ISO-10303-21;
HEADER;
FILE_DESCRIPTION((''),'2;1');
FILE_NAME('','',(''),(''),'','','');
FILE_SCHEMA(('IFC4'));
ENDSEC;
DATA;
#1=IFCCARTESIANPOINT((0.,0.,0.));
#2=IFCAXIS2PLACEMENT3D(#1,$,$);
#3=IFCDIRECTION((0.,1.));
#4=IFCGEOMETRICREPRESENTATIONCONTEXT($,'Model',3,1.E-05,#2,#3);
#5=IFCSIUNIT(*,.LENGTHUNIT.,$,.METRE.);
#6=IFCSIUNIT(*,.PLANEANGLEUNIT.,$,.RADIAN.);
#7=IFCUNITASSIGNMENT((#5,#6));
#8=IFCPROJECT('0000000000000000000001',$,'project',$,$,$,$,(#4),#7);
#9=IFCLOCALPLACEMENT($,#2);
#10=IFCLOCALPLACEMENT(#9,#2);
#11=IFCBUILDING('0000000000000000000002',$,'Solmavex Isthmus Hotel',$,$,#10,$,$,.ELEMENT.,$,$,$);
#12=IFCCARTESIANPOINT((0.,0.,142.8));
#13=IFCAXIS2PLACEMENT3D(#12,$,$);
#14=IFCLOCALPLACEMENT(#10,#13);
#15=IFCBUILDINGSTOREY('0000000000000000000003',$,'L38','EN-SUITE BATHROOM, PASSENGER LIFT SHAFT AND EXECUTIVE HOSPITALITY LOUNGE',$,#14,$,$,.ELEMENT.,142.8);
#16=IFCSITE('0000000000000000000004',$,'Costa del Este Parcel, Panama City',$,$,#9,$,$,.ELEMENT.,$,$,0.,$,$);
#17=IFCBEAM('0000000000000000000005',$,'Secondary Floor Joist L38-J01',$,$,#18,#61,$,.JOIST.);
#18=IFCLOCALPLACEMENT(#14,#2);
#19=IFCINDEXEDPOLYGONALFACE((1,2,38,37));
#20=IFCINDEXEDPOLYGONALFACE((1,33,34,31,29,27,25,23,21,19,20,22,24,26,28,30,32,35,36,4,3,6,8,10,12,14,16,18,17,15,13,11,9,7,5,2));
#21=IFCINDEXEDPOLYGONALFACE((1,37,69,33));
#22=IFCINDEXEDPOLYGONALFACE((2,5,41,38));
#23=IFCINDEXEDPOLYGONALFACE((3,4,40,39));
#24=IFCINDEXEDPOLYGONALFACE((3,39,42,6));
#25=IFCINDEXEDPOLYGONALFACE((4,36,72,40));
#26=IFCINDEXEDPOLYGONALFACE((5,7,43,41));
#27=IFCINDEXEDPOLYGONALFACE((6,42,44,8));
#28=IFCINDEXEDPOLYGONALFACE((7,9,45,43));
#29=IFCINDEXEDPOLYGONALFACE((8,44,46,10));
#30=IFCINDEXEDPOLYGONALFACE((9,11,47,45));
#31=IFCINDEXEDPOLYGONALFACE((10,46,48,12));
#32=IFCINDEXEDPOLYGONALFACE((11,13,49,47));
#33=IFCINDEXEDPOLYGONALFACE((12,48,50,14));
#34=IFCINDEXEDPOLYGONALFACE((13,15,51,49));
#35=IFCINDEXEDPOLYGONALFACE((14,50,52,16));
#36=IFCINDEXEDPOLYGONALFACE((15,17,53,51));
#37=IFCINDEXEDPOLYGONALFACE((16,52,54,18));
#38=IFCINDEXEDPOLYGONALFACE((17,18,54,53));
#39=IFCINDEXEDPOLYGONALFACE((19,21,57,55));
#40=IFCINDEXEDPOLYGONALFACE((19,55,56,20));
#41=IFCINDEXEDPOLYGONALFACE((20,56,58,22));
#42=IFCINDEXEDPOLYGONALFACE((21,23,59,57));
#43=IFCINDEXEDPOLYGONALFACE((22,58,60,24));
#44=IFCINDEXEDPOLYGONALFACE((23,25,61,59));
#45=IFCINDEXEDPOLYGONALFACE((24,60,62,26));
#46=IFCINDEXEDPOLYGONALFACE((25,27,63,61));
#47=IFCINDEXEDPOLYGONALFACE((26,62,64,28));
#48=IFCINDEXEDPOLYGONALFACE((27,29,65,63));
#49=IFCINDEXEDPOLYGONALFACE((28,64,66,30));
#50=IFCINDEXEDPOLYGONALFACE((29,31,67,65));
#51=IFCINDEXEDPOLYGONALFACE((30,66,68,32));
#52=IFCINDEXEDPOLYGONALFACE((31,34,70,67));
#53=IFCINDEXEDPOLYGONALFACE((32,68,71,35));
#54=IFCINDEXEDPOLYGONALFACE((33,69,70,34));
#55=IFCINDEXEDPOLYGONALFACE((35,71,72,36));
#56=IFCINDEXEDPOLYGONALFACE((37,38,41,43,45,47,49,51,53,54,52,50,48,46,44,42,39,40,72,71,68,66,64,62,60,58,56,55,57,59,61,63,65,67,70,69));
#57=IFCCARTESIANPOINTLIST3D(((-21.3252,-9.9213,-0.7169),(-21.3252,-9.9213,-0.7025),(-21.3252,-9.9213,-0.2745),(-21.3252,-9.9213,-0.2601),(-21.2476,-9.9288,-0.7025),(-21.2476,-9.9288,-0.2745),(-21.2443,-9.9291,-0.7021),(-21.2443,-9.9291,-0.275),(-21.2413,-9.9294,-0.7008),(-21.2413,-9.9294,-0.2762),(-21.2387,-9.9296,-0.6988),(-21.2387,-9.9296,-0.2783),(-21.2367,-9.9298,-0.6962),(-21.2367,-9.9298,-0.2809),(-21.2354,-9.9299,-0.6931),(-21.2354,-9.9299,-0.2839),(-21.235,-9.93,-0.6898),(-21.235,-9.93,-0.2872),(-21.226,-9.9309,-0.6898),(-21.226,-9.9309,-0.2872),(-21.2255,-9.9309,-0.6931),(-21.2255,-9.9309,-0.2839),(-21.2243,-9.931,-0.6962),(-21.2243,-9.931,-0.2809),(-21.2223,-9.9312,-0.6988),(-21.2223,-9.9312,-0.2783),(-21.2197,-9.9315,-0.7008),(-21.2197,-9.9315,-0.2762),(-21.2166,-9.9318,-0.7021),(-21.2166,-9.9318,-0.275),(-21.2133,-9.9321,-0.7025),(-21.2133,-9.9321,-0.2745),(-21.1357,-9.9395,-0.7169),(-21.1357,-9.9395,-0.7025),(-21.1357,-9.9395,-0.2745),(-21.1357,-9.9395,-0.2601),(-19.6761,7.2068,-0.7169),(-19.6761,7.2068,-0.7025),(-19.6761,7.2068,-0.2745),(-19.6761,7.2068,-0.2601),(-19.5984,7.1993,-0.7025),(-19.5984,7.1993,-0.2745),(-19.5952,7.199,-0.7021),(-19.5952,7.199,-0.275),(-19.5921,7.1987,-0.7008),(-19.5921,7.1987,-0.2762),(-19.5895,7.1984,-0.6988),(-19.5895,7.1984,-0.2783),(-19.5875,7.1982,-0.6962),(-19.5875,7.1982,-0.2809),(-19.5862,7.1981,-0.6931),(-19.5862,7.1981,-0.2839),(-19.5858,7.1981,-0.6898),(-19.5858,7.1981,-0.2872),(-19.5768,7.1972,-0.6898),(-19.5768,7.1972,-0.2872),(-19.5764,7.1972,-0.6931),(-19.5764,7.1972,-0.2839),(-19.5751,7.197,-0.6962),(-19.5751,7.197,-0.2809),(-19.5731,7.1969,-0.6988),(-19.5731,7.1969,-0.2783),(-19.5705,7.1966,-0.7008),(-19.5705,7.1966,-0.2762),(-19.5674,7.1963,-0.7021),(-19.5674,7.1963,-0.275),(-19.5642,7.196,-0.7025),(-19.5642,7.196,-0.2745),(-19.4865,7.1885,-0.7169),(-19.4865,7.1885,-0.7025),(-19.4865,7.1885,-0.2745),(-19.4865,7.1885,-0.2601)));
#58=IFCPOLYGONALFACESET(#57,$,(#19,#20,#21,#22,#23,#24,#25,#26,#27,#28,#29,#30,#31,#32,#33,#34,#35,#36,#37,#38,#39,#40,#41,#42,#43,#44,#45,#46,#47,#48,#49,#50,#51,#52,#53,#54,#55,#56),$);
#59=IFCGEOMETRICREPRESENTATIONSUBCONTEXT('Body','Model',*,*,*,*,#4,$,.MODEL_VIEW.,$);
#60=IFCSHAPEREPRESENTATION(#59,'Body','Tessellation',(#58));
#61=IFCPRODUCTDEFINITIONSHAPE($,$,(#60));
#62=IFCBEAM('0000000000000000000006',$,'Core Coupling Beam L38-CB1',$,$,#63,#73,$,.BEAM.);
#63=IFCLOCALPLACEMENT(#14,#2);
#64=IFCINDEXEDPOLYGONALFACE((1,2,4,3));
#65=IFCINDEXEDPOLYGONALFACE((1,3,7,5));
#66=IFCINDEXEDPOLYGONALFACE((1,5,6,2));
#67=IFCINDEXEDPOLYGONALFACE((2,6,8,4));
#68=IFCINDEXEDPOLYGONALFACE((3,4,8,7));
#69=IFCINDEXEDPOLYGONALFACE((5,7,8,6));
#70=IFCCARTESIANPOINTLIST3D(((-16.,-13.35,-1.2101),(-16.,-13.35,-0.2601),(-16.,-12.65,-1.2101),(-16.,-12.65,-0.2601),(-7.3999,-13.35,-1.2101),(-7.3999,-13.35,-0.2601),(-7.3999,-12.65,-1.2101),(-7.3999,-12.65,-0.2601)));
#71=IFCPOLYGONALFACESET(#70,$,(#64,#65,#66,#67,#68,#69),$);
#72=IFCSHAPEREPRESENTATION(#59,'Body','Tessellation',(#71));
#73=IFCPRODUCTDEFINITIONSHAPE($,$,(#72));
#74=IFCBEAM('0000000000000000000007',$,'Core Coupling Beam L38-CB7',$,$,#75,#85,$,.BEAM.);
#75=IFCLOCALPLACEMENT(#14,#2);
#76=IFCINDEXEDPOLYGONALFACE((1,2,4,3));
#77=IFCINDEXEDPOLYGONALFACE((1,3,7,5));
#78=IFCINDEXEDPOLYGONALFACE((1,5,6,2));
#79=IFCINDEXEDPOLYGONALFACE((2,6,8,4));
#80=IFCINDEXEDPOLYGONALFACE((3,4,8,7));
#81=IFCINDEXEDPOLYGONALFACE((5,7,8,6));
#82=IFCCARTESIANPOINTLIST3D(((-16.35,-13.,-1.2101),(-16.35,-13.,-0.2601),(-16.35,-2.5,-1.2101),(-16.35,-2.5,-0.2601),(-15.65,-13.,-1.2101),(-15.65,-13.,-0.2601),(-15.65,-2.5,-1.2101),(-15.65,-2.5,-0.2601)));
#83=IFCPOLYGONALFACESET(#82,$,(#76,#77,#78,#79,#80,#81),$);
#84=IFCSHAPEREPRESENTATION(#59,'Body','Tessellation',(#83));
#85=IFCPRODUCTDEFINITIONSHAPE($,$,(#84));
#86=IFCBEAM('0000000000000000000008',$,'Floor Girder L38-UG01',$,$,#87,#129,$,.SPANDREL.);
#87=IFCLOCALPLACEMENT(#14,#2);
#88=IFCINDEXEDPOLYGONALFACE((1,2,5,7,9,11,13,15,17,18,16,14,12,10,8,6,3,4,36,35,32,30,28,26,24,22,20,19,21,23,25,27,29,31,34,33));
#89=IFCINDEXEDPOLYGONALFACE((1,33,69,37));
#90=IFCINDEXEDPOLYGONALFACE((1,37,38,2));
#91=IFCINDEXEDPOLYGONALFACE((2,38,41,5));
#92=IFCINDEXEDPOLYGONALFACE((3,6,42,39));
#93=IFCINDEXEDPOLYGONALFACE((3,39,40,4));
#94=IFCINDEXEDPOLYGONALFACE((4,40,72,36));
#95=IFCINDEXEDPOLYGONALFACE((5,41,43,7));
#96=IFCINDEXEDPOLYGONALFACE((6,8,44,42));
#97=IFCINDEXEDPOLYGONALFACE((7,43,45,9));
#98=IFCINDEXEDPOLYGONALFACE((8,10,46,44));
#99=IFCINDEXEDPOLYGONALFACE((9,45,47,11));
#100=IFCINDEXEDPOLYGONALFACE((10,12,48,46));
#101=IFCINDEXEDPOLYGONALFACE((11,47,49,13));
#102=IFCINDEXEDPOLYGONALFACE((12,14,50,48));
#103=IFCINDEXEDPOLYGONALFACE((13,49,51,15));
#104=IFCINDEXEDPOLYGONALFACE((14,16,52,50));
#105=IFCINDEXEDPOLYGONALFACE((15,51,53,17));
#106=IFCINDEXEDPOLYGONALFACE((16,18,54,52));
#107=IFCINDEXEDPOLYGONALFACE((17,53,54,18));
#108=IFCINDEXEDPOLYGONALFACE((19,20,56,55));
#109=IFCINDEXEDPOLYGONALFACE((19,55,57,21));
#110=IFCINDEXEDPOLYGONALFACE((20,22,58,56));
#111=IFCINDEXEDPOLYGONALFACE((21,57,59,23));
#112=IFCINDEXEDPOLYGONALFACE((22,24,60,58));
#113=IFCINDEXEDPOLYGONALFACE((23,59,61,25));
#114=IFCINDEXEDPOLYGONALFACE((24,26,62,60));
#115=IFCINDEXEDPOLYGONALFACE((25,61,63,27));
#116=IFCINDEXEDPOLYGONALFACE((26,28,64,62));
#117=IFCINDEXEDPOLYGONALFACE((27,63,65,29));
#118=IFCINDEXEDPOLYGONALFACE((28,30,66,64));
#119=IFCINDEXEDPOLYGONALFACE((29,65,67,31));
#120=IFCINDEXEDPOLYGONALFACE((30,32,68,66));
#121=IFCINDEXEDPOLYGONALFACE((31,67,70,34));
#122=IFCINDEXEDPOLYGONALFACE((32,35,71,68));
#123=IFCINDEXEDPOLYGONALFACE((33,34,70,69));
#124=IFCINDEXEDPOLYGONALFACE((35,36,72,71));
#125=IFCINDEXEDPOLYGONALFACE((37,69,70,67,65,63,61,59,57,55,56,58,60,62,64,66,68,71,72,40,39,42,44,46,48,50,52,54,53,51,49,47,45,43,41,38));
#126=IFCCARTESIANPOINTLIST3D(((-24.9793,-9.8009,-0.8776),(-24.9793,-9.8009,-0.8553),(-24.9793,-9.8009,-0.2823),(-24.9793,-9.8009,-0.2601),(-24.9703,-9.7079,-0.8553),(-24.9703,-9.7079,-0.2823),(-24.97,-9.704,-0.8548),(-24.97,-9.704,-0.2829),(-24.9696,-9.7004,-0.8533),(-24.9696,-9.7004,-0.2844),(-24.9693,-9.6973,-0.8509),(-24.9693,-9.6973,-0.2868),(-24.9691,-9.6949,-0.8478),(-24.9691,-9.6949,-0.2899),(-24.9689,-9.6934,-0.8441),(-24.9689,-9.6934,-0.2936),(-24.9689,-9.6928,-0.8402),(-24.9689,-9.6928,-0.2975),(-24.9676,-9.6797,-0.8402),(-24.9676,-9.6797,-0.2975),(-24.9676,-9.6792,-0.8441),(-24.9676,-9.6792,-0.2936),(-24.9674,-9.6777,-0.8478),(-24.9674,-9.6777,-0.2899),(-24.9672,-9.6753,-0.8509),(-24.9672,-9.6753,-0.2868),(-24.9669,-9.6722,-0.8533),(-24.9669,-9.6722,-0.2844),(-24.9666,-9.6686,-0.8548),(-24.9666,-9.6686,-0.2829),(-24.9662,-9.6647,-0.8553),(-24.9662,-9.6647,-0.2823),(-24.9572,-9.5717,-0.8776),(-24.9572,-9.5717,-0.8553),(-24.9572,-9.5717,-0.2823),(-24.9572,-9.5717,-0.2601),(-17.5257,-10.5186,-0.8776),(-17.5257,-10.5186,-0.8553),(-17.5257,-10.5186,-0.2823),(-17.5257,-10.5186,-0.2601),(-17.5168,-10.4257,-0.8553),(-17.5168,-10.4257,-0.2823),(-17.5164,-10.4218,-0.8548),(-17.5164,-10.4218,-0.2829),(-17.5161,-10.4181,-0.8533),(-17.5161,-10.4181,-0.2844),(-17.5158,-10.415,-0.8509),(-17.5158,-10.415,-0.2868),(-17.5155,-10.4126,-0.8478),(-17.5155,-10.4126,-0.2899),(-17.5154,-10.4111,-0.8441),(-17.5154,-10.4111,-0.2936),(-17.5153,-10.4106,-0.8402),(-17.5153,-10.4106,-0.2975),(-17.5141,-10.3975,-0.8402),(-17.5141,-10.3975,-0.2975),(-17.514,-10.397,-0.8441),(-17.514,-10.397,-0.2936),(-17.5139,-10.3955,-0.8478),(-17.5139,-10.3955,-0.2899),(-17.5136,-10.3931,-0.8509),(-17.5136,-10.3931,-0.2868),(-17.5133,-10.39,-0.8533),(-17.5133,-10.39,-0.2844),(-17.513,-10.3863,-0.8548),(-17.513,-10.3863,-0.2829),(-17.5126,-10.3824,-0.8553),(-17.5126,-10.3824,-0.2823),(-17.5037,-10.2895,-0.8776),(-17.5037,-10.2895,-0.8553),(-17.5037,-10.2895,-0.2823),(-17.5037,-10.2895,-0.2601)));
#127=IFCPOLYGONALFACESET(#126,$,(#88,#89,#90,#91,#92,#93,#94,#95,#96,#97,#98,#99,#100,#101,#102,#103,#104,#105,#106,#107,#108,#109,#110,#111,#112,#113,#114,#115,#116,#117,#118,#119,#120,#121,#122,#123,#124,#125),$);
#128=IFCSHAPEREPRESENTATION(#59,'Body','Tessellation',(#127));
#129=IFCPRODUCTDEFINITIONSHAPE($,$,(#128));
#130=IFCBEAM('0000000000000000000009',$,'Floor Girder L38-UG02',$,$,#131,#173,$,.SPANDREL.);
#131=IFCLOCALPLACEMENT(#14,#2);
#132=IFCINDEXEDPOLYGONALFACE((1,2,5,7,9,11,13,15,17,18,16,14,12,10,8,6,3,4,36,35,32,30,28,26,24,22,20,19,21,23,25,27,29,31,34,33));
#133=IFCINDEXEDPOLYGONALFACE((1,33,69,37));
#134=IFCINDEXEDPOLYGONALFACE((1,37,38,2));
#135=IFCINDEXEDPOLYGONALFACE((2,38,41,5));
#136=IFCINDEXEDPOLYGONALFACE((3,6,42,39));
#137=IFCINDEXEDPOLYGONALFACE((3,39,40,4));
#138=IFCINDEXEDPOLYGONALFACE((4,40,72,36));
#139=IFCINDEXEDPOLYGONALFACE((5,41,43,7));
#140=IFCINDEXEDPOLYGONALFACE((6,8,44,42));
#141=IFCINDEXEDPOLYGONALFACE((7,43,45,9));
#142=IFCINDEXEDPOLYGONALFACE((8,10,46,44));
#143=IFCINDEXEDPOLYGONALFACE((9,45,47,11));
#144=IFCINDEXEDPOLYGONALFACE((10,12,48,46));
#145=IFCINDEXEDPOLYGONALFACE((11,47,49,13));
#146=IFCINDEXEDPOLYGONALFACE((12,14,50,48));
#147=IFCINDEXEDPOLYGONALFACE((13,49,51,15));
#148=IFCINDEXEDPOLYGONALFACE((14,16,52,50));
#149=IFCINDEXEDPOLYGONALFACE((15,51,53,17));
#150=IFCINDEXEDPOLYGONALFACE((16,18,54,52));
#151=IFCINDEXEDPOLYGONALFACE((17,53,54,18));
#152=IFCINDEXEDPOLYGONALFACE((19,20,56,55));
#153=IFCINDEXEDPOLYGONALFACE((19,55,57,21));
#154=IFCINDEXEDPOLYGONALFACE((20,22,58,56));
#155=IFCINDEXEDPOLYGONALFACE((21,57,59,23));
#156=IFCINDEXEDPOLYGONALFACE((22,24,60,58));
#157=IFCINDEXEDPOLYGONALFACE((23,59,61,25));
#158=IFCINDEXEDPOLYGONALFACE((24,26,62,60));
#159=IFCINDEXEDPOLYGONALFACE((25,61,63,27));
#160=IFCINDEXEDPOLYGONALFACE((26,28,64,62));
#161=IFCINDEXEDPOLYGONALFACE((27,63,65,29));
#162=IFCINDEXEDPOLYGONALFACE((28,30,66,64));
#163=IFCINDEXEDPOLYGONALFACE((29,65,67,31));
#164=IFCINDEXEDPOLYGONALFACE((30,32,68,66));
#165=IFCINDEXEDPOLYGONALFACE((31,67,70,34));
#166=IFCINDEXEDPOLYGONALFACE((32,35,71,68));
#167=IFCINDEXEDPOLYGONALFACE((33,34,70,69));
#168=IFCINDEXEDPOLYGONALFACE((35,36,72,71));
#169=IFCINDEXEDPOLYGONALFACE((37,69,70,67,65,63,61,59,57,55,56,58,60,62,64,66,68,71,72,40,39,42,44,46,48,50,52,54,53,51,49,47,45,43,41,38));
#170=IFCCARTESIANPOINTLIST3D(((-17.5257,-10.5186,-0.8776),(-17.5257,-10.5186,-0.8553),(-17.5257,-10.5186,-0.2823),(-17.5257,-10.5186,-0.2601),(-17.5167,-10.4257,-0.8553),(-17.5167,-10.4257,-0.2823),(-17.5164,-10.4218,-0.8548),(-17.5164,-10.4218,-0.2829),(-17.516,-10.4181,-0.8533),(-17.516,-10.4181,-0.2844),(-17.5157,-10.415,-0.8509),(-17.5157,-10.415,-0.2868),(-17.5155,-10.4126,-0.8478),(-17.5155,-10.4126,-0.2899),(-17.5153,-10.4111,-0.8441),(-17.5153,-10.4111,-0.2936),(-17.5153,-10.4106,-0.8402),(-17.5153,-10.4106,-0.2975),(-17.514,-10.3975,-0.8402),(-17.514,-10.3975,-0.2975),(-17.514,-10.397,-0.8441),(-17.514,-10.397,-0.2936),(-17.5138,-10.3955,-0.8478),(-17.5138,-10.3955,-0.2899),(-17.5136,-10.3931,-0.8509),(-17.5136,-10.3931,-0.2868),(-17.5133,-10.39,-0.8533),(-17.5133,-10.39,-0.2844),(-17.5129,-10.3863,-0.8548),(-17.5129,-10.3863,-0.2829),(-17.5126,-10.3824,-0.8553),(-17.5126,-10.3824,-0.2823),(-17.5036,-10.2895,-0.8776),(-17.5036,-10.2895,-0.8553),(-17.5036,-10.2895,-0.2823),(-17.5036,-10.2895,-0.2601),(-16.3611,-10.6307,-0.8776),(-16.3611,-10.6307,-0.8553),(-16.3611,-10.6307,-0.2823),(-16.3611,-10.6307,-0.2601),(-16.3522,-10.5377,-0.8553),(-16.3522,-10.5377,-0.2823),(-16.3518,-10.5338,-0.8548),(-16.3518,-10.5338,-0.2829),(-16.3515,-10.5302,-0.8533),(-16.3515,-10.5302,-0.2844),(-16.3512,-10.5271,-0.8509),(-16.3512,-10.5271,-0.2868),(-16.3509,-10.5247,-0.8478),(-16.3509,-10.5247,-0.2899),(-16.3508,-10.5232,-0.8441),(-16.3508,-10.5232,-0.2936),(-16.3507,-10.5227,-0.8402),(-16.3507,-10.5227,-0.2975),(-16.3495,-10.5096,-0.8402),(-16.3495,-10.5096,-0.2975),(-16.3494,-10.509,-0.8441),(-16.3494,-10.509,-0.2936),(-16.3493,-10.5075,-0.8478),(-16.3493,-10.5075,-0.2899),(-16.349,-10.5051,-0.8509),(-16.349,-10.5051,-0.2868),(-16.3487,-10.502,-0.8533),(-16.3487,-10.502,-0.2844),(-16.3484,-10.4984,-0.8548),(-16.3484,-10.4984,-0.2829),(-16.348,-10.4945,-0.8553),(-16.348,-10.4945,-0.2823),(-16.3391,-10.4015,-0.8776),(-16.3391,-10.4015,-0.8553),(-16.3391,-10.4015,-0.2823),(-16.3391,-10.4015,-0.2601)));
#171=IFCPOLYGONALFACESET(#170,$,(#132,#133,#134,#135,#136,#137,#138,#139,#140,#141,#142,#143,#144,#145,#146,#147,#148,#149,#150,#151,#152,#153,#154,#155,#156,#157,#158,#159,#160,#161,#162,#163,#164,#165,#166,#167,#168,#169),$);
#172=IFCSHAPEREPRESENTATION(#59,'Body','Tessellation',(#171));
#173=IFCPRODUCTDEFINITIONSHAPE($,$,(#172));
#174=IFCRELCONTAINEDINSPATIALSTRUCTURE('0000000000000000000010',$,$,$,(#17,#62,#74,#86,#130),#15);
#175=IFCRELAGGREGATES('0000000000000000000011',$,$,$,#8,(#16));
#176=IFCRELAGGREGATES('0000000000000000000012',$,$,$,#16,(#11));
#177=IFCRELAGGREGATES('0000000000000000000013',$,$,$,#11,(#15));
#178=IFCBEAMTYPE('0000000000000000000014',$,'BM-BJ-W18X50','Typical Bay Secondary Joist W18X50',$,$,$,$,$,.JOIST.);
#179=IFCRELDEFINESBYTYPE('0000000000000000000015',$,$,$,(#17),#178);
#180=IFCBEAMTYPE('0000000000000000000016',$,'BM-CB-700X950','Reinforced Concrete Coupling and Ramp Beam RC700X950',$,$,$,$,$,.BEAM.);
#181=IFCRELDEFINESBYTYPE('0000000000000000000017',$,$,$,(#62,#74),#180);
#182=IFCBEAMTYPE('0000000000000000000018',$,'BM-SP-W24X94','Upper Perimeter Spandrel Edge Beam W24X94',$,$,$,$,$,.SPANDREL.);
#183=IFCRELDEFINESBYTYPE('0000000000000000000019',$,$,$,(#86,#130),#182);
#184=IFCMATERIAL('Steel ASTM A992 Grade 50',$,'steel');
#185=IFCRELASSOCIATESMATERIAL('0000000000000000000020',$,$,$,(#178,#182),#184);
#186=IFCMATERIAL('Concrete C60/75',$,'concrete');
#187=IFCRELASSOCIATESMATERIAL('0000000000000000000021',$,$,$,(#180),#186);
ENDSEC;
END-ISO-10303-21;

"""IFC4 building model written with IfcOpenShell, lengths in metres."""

from ifc_helpers import new_model, si_unit, direction, frame, origin, origin_2d, place, context, subcontext, project, spatial, rectangle, i_section, extrude, material, material_profile, profile_set, type_object, element, save


model = new_model("IFC4")

# Units and contexts
model_context = context("Model", 3, precision=1e-05, world=origin(), true_north=direction((0.0, 1.0)))
body_context = subcontext(model_context, "Body", "Model", "MODEL_VIEW")
ifc_project = project(units=[si_unit("LENGTHUNIT", "METRE"), si_unit("PLANEANGLEUNIT", "RADIAN")], contexts=[model_context])

# Site, building, storey
site_placement = place(None, origin())
site = spatial("IfcSite", under=ifc_project, at=site_placement, Name="Costa del Este Parcel, Panama City", CompositionType="ELEMENT", RefElevation=0.0)
building_placement = place(site_placement, origin())
building = spatial("IfcBuilding", under=site, at=building_placement, Name="Solmavex Isthmus Hotel", CompositionType="ELEMENT")
storey_placement = place(building_placement, frame((0.0, 0.0, 142.8)))
storey = spatial("IfcBuildingStorey", under=building, at=storey_placement, Name="L38", Description="EN-SUITE BATHROOM, PASSENGER LIFT SHAFT AND EXECUTIVE HOSPITALITY LOUNGE", CompositionType="ELEMENT", Elevation=142.8)

# Shared definitions
ifc_material_1 = material(Name="Concrete C60/75", Category="concrete")

# Beams
ifc_material_2 = material(Name="Steel ASTM A992 Grade 50", Category="steel")
ifc_material_profile_1 = material_profile(ifc_material_2, i_section(OverallWidth=0.1904, OverallDepth=0.4568, WebThickness=0.009, FlangeThickness=0.0144, FilletRadius=0.0127, at=origin_2d()), Name="W18X50")
ifc_profile_set_1 = profile_set([ifc_material_profile_1], Name="Steel ASTM A992 Grade 50")
beam_type_1 = type_object("IfcBeamType", Name="BM-BJ-W18X50", Description="Typical Bay Secondary Joist W18X50", PredefinedType="JOIST", material=ifc_profile_set_1)
beam_1_placement = place(storey_placement, frame((-21.2305, -9.9304, -0.4885), z_axis=(0.095841, 0.995397, 0.0), x_axis=(-0.995397, 0.095841, 0.0)))
element("IfcBeam", 1, at=beam_1_placement, inside=storey, type_object=beam_type_1, Name="Secondary Floor Joist L38-J01", PredefinedType="JOIST", context=body_context, shape_type="SweptSolid", body=[
    extrude(i_section(OverallWidth=0.1904, OverallDepth=0.4568, WebThickness=0.009, FlangeThickness=0.0144, FilletRadius=0.0127, at=origin_2d()), origin(), (0.0, 0.0, 1.0), 17.2073),
])
ifc_material_profile_2 = material_profile(ifc_material_1, rectangle(XDim=0.7, YDim=0.95, at=origin_2d()), Name="RC700X950")
ifc_profile_set_2 = profile_set([ifc_material_profile_2], Name="Concrete C60/75")
beam_type_2 = type_object("IfcBeamType", Name="BM-CB-700X950", Description="Reinforced Concrete Coupling and Ramp Beam RC700X950", PredefinedType="BEAM", material=ifc_profile_set_2)
beam_2_placement = place(storey_placement, frame((-16.0, -13.0, -0.7351), z_axis=(1.0, 0.0, 0.0), x_axis=(0.0, 1.0, 0.0)))
element("IfcBeam", 2, at=beam_2_placement, inside=storey, type_object=beam_type_2, Name="Core Coupling Beam L38-CB1", PredefinedType="BEAM", context=body_context, shape_type="SweptSolid", body=[
    extrude(rectangle(XDim=0.7, YDim=0.95, at=origin_2d()), origin(), (0.0, 0.0, 1.0), 8.6001),
])
beam_3_placement = place(storey_placement, frame((-16.0, -13.0, -0.7351), z_axis=(0.0, 1.0, 0.0), x_axis=(-1.0, 0.0, 0.0)))
element("IfcBeam", 3, at=beam_3_placement, inside=storey, type_object=beam_type_2, Name="Core Coupling Beam L38-CB7", PredefinedType="BEAM", context=body_context, shape_type="SweptSolid", body=[
    extrude(rectangle(XDim=0.7, YDim=0.95, at=origin_2d()), origin(), (0.0, 0.0, 1.0), 10.5),
])
ifc_material_profile_3 = material_profile(ifc_material_2, i_section(OverallWidth=0.2302, OverallDepth=0.6174, WebThickness=0.0132, FlangeThickness=0.0222, FilletRadius=0.0151, at=origin_2d()), Name="W24X94")
ifc_profile_set_3 = profile_set([ifc_material_profile_3], Name="Steel ASTM A992 Grade 50")
beam_type_3 = type_object("IfcBeamType", Name="BM-SP-W24X94", Description="Upper Perimeter Spandrel Edge Beam W24X94", PredefinedType="SPANDREL", material=ifc_profile_set_3)
beam_4_placement = place(storey_placement, frame((-24.9683, -9.6863, -0.5688), z_axis=(0.995395, -0.095855, 0.0), x_axis=(0.095855, 0.995395, 0.0)))
element("IfcBeam", 4, at=beam_4_placement, inside=storey, type_object=beam_type_3, Name="Floor Girder L38-UG01", PredefinedType="SPANDREL", context=body_context, shape_type="SweptSolid", body=[
    extrude(i_section(OverallWidth=0.2302, OverallDepth=0.6174, WebThickness=0.0132, FlangeThickness=0.0222, FilletRadius=0.0151, at=origin_2d()), origin(), (0.0, 0.0, 1.0), 7.488),
])
beam_5_placement = place(storey_placement, frame((-17.5146, -10.4041, -0.5688), z_axis=(0.995402, -0.095784, 0.0), x_axis=(0.095784, 0.995402, 0.0)))
element("IfcBeam", 5, at=beam_5_placement, inside=storey, type_object=beam_type_3, Name="Floor Girder L38-UG02", PredefinedType="SPANDREL", context=body_context, shape_type="SweptSolid", body=[
    extrude(i_section(OverallWidth=0.2302, OverallDepth=0.6174, WebThickness=0.0132, FlangeThickness=0.0222, FilletRadius=0.0151, at=origin_2d()), origin(), (0.0, 0.0, 1.0), 1.1699),
])

save(model, "model.ifc")
